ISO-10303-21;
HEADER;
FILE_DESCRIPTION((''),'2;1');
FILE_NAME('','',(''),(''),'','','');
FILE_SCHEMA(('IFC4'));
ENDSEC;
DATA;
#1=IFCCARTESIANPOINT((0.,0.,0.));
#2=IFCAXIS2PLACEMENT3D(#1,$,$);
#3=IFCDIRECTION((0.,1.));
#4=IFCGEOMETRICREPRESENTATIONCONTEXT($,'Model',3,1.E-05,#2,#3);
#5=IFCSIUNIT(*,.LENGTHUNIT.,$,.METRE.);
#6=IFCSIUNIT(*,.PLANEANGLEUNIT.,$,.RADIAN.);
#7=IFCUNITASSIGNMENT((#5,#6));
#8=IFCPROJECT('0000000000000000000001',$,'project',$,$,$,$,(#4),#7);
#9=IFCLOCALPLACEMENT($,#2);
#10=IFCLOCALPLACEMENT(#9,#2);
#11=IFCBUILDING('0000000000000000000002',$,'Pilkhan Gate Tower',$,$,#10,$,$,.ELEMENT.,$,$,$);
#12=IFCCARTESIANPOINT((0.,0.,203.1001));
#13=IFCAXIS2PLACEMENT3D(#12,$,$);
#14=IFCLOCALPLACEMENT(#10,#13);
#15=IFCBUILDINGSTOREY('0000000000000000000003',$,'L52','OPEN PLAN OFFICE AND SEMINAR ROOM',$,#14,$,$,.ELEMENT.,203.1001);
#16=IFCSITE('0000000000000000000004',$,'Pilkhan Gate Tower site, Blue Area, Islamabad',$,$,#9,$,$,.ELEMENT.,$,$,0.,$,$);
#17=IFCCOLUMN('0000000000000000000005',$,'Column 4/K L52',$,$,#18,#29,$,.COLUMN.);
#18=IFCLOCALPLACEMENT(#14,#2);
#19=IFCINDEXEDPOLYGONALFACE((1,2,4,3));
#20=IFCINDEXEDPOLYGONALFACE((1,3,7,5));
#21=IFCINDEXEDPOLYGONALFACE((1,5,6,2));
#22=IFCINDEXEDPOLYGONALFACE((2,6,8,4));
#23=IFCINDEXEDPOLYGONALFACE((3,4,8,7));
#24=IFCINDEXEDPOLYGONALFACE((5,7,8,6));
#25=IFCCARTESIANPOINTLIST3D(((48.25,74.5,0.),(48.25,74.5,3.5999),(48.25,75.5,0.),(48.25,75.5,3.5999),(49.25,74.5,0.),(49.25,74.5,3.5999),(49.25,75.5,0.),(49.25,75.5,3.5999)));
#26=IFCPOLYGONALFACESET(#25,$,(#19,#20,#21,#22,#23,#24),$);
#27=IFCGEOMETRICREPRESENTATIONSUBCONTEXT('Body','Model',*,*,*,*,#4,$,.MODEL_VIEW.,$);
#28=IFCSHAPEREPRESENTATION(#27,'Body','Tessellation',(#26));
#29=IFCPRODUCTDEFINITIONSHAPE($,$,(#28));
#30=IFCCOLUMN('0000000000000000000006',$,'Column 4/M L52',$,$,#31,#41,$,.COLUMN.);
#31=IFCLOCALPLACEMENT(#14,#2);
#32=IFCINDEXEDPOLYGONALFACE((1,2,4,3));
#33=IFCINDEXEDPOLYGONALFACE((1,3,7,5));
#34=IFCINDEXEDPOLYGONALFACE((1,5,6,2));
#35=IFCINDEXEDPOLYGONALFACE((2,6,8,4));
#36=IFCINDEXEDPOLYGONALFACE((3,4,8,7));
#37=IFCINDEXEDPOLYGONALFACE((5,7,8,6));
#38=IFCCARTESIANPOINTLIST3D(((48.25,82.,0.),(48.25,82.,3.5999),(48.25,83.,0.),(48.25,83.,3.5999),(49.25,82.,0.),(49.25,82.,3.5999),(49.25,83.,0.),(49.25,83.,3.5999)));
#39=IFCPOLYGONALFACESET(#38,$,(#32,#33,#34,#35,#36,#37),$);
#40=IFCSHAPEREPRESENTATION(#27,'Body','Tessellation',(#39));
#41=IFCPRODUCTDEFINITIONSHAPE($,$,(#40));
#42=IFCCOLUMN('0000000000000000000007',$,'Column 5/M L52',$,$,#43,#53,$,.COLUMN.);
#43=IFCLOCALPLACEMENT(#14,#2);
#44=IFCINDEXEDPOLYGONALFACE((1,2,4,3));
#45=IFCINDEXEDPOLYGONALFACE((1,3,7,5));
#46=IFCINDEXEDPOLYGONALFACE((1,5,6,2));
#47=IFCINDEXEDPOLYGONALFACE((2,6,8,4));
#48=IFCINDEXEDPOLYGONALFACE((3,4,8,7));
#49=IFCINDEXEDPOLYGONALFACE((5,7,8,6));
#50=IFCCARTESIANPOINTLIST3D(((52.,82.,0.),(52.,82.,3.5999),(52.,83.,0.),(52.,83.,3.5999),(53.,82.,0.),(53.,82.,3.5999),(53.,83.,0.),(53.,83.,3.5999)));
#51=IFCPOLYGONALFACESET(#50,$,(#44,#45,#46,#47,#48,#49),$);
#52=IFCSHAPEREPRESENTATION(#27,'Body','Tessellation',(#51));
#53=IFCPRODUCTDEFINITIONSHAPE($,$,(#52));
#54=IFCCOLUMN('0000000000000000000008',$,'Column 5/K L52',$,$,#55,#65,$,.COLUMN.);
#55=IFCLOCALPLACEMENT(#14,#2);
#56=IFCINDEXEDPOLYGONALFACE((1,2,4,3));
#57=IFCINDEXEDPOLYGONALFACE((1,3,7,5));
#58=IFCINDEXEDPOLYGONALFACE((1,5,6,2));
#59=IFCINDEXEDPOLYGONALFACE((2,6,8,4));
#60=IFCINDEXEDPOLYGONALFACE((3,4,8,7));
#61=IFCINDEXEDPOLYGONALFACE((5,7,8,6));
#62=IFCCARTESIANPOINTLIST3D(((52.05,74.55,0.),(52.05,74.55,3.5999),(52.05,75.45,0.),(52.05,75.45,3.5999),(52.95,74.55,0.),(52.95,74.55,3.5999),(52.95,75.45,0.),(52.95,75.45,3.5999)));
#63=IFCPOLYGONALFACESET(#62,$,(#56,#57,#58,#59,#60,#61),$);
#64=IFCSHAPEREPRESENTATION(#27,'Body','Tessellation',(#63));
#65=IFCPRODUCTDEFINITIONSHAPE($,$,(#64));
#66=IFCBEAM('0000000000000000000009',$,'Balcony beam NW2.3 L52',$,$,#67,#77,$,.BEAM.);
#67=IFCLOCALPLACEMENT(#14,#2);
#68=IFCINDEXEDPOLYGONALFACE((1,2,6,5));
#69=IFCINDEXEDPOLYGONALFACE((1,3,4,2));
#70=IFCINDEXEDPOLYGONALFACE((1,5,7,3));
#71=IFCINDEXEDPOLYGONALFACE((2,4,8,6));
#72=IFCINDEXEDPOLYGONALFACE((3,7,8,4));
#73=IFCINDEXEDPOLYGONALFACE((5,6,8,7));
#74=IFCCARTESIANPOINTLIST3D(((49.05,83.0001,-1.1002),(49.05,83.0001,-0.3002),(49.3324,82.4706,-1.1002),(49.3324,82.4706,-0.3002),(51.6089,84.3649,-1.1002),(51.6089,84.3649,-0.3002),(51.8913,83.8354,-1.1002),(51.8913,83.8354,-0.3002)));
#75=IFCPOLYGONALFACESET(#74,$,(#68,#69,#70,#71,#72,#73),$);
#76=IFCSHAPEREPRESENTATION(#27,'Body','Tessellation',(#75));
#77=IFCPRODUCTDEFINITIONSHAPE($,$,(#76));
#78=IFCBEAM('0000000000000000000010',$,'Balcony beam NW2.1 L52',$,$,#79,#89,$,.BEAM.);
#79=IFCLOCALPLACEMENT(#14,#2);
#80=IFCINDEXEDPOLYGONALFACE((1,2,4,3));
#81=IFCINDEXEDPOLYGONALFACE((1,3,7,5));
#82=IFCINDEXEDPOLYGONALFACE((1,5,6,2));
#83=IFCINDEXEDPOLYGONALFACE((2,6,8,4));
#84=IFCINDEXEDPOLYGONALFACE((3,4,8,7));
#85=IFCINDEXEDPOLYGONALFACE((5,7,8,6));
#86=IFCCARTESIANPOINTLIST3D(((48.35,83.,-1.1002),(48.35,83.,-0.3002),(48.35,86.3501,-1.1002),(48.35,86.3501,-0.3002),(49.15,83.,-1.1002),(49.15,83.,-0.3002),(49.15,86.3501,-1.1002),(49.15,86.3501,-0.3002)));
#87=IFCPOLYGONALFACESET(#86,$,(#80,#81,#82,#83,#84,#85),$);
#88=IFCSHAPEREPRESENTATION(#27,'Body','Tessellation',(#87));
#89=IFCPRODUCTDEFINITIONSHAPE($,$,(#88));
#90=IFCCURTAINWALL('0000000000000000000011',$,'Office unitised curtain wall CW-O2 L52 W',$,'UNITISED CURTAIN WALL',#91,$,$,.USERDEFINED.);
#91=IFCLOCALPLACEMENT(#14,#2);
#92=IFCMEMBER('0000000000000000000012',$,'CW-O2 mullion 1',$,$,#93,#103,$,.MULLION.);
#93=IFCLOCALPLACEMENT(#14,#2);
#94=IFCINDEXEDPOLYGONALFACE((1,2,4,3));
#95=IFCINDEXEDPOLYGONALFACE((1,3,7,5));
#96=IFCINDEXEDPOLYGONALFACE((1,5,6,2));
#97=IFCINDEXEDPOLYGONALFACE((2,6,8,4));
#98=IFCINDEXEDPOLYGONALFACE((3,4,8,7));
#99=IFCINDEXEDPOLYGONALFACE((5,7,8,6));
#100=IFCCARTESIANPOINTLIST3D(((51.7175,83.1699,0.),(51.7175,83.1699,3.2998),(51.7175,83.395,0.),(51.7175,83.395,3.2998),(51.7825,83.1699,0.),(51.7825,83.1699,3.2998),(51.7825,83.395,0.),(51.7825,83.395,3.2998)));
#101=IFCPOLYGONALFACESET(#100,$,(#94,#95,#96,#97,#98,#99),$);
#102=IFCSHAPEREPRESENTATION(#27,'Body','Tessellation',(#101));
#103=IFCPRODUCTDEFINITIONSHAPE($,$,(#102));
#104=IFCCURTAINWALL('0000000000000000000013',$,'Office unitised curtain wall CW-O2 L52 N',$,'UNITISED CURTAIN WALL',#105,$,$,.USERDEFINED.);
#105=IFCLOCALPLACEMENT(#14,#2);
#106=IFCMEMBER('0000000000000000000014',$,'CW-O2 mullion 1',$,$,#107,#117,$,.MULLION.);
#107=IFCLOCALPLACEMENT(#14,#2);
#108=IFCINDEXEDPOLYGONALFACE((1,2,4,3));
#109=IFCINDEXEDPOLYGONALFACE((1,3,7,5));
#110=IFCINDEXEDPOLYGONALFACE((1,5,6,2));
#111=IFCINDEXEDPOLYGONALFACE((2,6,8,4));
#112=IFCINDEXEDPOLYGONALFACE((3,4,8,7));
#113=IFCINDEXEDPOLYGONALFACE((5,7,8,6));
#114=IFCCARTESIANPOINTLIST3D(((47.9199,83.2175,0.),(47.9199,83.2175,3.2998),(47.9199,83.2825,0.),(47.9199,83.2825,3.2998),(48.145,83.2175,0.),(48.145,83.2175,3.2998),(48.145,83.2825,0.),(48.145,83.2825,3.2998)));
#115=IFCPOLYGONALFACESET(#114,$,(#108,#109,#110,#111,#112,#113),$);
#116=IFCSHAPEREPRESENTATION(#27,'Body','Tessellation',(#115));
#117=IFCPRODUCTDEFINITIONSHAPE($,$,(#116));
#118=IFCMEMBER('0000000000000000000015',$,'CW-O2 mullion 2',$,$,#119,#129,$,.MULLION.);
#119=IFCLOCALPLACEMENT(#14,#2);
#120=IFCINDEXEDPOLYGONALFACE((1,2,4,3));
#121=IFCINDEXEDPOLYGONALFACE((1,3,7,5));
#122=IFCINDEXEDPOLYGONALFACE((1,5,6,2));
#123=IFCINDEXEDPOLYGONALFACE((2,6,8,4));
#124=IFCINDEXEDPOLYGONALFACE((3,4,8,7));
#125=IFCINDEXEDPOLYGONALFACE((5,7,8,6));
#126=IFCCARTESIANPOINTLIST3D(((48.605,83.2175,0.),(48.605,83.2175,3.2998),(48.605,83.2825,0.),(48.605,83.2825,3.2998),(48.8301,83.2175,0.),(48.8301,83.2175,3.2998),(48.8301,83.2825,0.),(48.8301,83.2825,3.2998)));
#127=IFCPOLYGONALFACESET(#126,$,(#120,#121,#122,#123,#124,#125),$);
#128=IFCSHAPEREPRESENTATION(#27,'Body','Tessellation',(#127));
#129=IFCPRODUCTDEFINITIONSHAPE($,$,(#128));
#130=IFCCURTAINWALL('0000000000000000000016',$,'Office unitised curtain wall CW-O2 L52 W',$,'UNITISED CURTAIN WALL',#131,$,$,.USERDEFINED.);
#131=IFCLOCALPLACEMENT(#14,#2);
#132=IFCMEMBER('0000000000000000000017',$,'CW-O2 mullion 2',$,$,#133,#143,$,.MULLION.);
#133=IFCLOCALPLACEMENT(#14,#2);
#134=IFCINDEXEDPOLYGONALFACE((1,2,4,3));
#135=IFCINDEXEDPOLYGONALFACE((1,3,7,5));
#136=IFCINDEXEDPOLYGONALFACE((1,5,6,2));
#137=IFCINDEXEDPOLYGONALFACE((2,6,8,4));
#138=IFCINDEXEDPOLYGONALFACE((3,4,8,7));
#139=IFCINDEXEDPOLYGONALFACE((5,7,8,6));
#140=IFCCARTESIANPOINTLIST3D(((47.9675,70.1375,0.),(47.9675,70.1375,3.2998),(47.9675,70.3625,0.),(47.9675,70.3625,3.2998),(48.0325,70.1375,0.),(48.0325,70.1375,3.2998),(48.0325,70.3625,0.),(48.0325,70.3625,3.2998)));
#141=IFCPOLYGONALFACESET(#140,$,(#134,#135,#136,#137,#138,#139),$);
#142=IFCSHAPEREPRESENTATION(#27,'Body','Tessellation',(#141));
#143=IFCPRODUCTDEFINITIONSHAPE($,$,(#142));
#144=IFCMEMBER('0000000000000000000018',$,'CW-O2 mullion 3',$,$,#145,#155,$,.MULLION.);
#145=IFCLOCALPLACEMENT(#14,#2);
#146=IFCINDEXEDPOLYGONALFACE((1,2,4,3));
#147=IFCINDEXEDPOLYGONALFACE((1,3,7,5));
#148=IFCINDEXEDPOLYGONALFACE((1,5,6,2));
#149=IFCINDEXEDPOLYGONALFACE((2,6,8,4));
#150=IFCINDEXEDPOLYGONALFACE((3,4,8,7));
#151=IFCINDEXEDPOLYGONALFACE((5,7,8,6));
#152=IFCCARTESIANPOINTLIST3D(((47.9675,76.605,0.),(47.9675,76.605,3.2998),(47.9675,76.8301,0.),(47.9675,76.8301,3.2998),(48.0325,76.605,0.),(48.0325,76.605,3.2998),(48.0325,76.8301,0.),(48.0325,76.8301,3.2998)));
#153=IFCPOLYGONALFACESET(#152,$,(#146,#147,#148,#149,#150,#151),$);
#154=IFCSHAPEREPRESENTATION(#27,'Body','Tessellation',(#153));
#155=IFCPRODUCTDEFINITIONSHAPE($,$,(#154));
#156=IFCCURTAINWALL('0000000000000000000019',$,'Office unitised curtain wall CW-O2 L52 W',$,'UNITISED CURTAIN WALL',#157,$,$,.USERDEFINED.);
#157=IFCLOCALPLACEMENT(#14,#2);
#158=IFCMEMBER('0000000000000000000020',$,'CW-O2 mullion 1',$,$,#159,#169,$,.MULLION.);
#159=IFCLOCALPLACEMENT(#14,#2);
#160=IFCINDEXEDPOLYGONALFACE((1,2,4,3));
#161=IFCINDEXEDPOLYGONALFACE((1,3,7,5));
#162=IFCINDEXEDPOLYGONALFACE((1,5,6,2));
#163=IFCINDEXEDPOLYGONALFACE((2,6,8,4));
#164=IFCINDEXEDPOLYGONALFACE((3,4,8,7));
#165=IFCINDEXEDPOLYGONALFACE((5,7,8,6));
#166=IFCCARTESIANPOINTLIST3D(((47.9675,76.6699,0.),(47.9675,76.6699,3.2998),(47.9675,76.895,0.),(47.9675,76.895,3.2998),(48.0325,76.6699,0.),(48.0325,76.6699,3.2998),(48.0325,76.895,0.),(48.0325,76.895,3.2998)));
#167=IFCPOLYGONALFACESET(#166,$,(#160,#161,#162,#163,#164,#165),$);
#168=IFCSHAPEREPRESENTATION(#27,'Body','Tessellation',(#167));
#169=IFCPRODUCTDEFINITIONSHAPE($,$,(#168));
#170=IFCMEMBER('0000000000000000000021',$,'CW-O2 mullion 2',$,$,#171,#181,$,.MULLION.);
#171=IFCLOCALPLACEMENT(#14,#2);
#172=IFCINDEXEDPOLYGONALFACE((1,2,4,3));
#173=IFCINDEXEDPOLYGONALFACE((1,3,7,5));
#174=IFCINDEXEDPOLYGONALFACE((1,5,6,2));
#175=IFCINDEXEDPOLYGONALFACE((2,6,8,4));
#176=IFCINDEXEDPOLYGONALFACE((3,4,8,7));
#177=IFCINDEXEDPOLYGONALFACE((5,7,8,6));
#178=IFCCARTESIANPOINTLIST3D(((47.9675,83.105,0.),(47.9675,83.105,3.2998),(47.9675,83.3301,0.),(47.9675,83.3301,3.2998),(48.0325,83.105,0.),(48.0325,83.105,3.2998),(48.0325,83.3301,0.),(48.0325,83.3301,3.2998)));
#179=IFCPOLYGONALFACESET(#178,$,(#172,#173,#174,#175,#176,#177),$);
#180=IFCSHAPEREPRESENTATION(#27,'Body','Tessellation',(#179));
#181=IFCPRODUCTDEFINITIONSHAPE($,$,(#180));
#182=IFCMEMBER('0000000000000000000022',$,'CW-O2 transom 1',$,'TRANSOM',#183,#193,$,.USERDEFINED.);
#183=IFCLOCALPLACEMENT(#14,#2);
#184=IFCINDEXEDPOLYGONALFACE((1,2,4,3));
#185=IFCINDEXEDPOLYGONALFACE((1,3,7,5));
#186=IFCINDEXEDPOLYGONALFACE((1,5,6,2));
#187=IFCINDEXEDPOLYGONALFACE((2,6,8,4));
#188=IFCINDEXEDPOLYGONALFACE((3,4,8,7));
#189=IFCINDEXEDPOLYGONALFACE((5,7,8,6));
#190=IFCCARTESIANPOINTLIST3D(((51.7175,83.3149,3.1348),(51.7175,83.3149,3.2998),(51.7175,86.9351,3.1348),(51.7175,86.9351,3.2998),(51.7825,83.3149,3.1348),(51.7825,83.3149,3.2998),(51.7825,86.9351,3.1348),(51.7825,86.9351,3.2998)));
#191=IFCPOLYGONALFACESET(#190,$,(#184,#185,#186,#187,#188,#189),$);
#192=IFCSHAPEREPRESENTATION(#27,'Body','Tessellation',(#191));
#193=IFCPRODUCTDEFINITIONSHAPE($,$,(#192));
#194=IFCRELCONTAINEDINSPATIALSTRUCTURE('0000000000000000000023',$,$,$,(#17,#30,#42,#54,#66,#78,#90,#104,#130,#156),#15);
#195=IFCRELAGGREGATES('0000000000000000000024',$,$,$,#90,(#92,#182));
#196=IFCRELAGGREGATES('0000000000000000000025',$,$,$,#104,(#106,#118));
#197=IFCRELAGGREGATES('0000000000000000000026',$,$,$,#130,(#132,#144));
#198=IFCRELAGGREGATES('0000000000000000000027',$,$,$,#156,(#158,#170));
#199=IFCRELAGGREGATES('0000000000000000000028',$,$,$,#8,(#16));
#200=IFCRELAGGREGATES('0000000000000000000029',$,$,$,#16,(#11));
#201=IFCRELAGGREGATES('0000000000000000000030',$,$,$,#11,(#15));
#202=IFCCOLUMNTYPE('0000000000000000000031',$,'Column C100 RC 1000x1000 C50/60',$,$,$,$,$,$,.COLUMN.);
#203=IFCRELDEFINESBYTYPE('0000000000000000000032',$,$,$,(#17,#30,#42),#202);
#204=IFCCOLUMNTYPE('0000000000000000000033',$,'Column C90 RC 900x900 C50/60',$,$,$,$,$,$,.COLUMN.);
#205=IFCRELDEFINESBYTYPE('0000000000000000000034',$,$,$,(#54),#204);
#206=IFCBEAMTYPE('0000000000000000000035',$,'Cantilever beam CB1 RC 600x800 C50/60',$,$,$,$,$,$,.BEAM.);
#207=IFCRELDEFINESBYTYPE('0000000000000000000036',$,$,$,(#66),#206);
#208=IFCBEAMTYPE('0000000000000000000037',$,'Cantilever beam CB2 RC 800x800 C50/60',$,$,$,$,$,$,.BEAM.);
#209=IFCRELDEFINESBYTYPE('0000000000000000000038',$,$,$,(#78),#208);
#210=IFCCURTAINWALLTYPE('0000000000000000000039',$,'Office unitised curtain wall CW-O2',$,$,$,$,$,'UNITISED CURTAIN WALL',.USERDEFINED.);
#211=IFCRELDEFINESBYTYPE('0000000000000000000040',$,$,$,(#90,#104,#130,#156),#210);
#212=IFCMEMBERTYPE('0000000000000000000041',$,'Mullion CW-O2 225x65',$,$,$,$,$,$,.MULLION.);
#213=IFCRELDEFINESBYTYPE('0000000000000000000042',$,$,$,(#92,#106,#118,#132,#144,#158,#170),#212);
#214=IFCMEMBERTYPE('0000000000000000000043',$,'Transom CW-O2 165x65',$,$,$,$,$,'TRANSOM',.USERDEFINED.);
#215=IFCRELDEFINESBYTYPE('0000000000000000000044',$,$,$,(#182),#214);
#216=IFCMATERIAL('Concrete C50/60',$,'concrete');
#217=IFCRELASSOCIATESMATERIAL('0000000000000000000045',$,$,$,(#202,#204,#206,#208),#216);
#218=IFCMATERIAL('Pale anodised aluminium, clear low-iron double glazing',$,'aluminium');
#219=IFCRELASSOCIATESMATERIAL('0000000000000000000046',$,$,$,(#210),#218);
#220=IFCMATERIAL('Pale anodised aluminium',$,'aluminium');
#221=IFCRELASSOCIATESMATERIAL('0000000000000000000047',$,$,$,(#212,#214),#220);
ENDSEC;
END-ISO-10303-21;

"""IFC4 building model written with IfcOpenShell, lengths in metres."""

from ifc_helpers import new_model, si_unit, direction, frame, origin, origin_2d, place, context, subcontext, project, spatial, rectangle, extrude, material, material_profile, profile_set, type_object, element, aggregate, save


model = new_model("IFC4")

# Units and contexts
model_context = context("Model", 3, precision=1e-05, world=origin(), true_north=direction((0.0, 1.0)))
body_context = subcontext(model_context, "Body", "Model", "MODEL_VIEW")
ifc_project = project(units=[si_unit("LENGTHUNIT", "METRE"), si_unit("PLANEANGLEUNIT", "RADIAN")], contexts=[model_context])

# Site, building, storey
site_placement = place(None, origin())
site = spatial("IfcSite", under=ifc_project, at=site_placement, Name="Pilkhan Gate Tower site, Blue Area, Islamabad", CompositionType="ELEMENT", RefElevation=0.0)
building_placement = place(site_placement, origin())
building = spatial("IfcBuilding", under=site, at=building_placement, Name="Pilkhan Gate Tower", CompositionType="ELEMENT")
storey_placement = place(building_placement, frame((0.0, 0.0, 203.1001)))
storey = spatial("IfcBuildingStorey", under=building, at=storey_placement, Name="L52", Description="OPEN PLAN OFFICE AND SEMINAR ROOM", CompositionType="ELEMENT", Elevation=203.1001)

# Columns
ifc_material_1 = material(Name="Concrete C50/60", Category="concrete")
ifc_material_profile_1 = material_profile(ifc_material_1, rectangle(XDim=1.0, YDim=1.0, at=origin_2d()), Name="RC 1000x1000")
ifc_profile_set_1 = profile_set([ifc_material_profile_1], Name="Concrete C50/60")
column_type_1 = type_object("IfcColumnType", Name="Column C100 RC 1000x1000 C50/60", PredefinedType="COLUMN", material=ifc_profile_set_1)
for number, where, z_axis, x_axis, name in (
    (1, (48.75, 75.0, 0.0), (0.0, 0.0, 1.0), (1.0, 0.0, 0.0), "Column 4/K L52"),
    (2, (48.75, 82.5, 0.0), (0.0, 0.0, 1.0), (1.0, 0.0, 0.0), "Column 4/M L52"),
    (3, (52.5, 82.5, 0.0), (0.0, 0.0, 1.0), (1.0, 0.0, 0.0), "Column 5/M L52"),
):
    element("IfcColumn", number, at=place(storey_placement, frame(where, z_axis=z_axis, x_axis=x_axis)), inside=storey, type_object=column_type_1, Name=name, PredefinedType="COLUMN", context=body_context, shape_type="SweptSolid", body=[
        extrude(rectangle(XDim=1.0, YDim=1.0, at=origin_2d()), origin(), (0.0, 0.0, 1.0), 3.5999),
    ])
ifc_material_profile_2 = material_profile(ifc_material_1, rectangle(XDim=0.8999, YDim=0.8999, at=origin_2d()), Name="RC 900x900")
ifc_profile_set_2 = profile_set([ifc_material_profile_2], Name="Concrete C50/60")
column_type_2 = type_object("IfcColumnType", Name="Column C90 RC 900x900 C50/60", PredefinedType="COLUMN", material=ifc_profile_set_2)
column_placement = place(storey_placement, frame((52.5, 75.0, 0.0), z_axis=(0.0, 0.0, 1.0), x_axis=(1.0, 0.0, 0.0)))
element("IfcColumn", 4, at=column_placement, inside=storey, type_object=column_type_2, Name="Column 5/K L52", PredefinedType="COLUMN", context=body_context, shape_type="SweptSolid", body=[
    extrude(rectangle(XDim=0.8999, YDim=0.8999, at=origin_2d()), origin(), (0.0, 0.0, 1.0), 3.5999),
])

# Beams
ifc_material_profile_3 = material_profile(ifc_material_1, rectangle(XDim=0.6001, YDim=0.8, at=origin_2d()), Name="RC 600x800")
ifc_profile_set_3 = profile_set([ifc_material_profile_3], Name="Concrete C50/60")
beam_type_1 = type_object("IfcBeamType", Name="Cantilever beam CB1 RC 600x800 C50/60", PredefinedType="BEAM", material=ifc_profile_set_3)
beam_1_placement = place(storey_placement, frame((49.1912, 82.7354, -0.7002), z_axis=(0.882348, 0.470597, 0.0), x_axis=(-0.470597, 0.882348, 0.0)))
element("IfcBeam", 5, at=beam_1_placement, inside=storey, type_object=beam_type_1, Name="Balcony beam NW2.3 L52", PredefinedType="BEAM", context=body_context, shape_type="SweptSolid", body=[
    extrude(rectangle(XDim=0.6001, YDim=0.8, at=origin_2d()), origin(), (0.0, 0.0, 1.0), 2.9001),
])
ifc_material_profile_4 = material_profile(ifc_material_1, rectangle(XDim=0.8, YDim=0.8, at=origin_2d()), Name="RC 800x800")
ifc_profile_set_4 = profile_set([ifc_material_profile_4], Name="Concrete C50/60")
beam_type_2 = type_object("IfcBeamType", Name="Cantilever beam CB2 RC 800x800 C50/60", PredefinedType="BEAM", material=ifc_profile_set_4)
beam_2_placement = place(storey_placement, frame((48.75, 83.0, -0.7002), z_axis=(0.0, 1.0, 0.0), x_axis=(-1.0, 0.0, 0.0)))
element("IfcBeam", 6, at=beam_2_placement, inside=storey, type_object=beam_type_2, Name="Balcony beam NW2.1 L52", PredefinedType="BEAM", context=body_context, shape_type="SweptSolid", body=[
    extrude(rectangle(XDim=0.8, YDim=0.8, at=origin_2d()), origin(), (0.0, 0.0, 1.0), 3.3501),
])

# Curtain wall, member
ifc_material_2 = material(Name="Pale anodised aluminium, clear low-iron double glazing", Category="aluminium")
curtain_wall_type = type_object("IfcCurtainWallType", Name="Office unitised curtain wall CW-O2", ElementType="UNITISED CURTAIN WALL", PredefinedType="USERDEFINED", material=ifc_material_2)
curtain_wall_1_placement = place(storey_placement, origin())
curtain_wall_1 = element("IfcCurtainWall", 7, at=curtain_wall_1_placement, inside=storey, type_object=curtain_wall_type, Name="Office unitised curtain wall CW-O2 L52 W", ObjectType="UNITISED CURTAIN WALL", PredefinedType="USERDEFINED")
ifc_material_3 = material(Name="Pale anodised aluminium", Category="aluminium")
ifc_material_profile_5 = material_profile(ifc_material_3, rectangle(XDim=0.0649, YDim=0.2251, at=origin_2d()), Name="Mullion 225x65")
ifc_profile_set_5 = profile_set([ifc_material_profile_5], Name="Pale anodised aluminium")
member_type_1 = type_object("IfcMemberType", Name="Mullion CW-O2 225x65", PredefinedType="MULLION", material=ifc_profile_set_5)
member_1_placement = place(storey_placement, frame((51.75, 83.2825, 0.0), z_axis=(0.0, 0.0, 1.0), x_axis=(-1.0, 0.0, 0.0)))
member_1 = element("IfcMember", 8, at=member_1_placement, type_object=member_type_1, Name="CW-O2 mullion 1", PredefinedType="MULLION", context=body_context, shape_type="SweptSolid", body=[
    extrude(rectangle(XDim=0.0649, YDim=0.2251, at=origin_2d()), origin(), (0.0, 0.0, 1.0), 3.2998),
])

# Curtain walls, members
curtain_wall_2_placement = place(storey_placement, origin())
curtain_wall_2 = element("IfcCurtainWall", 9, at=curtain_wall_2_placement, inside=storey, type_object=curtain_wall_type, Name="Office unitised curtain wall CW-O2 L52 N", ObjectType="UNITISED CURTAIN WALL", PredefinedType="USERDEFINED")
member_2_placement = place(storey_placement, frame((48.0325, 83.25, 0.0), z_axis=(0.0, 0.0, 1.0), x_axis=(0.0, 1.0, 0.0)))
member_2 = element("IfcMember", 10, at=member_2_placement, type_object=member_type_1, Name="CW-O2 mullion 1", PredefinedType="MULLION", context=body_context, shape_type="SweptSolid", body=[
    extrude(rectangle(XDim=0.0649, YDim=0.2251, at=origin_2d()), origin(), (0.0, 0.0, 1.0), 3.2998),
])
member_3_placement = place(storey_placement, frame((48.7175, 83.25, 0.0), z_axis=(0.0, 0.0, 1.0), x_axis=(0.0, 1.0, 0.0)))
member_3 = element("IfcMember", 11, at=member_3_placement, type_object=member_type_1, Name="CW-O2 mullion 2", PredefinedType="MULLION", context=body_context, shape_type="SweptSolid", body=[
    extrude(rectangle(XDim=0.0649, YDim=0.2251, at=origin_2d()), origin(), (0.0, 0.0, 1.0), 3.2998),
])
curtain_wall_3_placement = place(storey_placement, origin())
curtain_wall_3 = element("IfcCurtainWall", 12, at=curtain_wall_3_placement, inside=storey, type_object=curtain_wall_type, Name="Office unitised curtain wall CW-O2 L52 W", ObjectType="UNITISED CURTAIN WALL", PredefinedType="USERDEFINED")
member_4_placement = place(storey_placement, frame((48.0, 70.25, 0.0), z_axis=(0.0, 0.0, 1.0), x_axis=(-1.0, 0.0, 0.0)))
member_4 = element("IfcMember", 13, at=member_4_placement, type_object=member_type_1, Name="CW-O2 mullion 2", PredefinedType="MULLION", context=body_context, shape_type="SweptSolid", body=[
    extrude(rectangle(XDim=0.0649, YDim=0.2251, at=origin_2d()), origin(), (0.0, 0.0, 1.0), 3.2998),
])
member_5_placement = place(storey_placement, frame((48.0, 76.7175, 0.0), z_axis=(0.0, 0.0, 1.0), x_axis=(-1.0, 0.0, 0.0)))
member_5 = element("IfcMember", 14, at=member_5_placement, type_object=member_type_1, Name="CW-O2 mullion 3", PredefinedType="MULLION", context=body_context, shape_type="SweptSolid", body=[
    extrude(rectangle(XDim=0.0649, YDim=0.2251, at=origin_2d()), origin(), (0.0, 0.0, 1.0), 3.2998),
])
curtain_wall_4_placement = place(storey_placement, origin())
curtain_wall_4 = element("IfcCurtainWall", 15, at=curtain_wall_4_placement, inside=storey, type_object=curtain_wall_type, Name="Office unitised curtain wall CW-O2 L52 W", ObjectType="UNITISED CURTAIN WALL", PredefinedType="USERDEFINED")
member_6_placement = place(storey_placement, frame((48.0, 76.7825, 0.0), z_axis=(0.0, 0.0, 1.0), x_axis=(-1.0, 0.0, 0.0)))
member_6 = element("IfcMember", 16, at=member_6_placement, type_object=member_type_1, Name="CW-O2 mullion 1", PredefinedType="MULLION", context=body_context, shape_type="SweptSolid", body=[
    extrude(rectangle(XDim=0.0649, YDim=0.2251, at=origin_2d()), origin(), (0.0, 0.0, 1.0), 3.2998),
])
member_7_placement = place(storey_placement, frame((48.0, 83.2175, 0.0), z_axis=(0.0, 0.0, 1.0), x_axis=(-1.0, 0.0, 0.0)))
member_7 = element("IfcMember", 17, at=member_7_placement, type_object=member_type_1, Name="CW-O2 mullion 2", PredefinedType="MULLION", context=body_context, shape_type="SweptSolid", body=[
    extrude(rectangle(XDim=0.0649, YDim=0.2251, at=origin_2d()), origin(), (0.0, 0.0, 1.0), 3.2998),
])

# Member
ifc_material_profile_6 = material_profile(ifc_material_3, rectangle(XDim=0.0649, YDim=0.165, at=origin_2d()), Name="Transom 165x65")
ifc_profile_set_6 = profile_set([ifc_material_profile_6], Name="Pale anodised aluminium")
member_type_2 = type_object("IfcMemberType", Name="Transom CW-O2 165x65", ElementType="TRANSOM", PredefinedType="USERDEFINED", material=ifc_profile_set_6)
member_8_placement = place(storey_placement, frame((51.75, 83.3149, 3.2173), z_axis=(0.0, 1.0, 0.0), x_axis=(-1.0, 0.0, 0.0)))
member_8 = element("IfcMember", 18, at=member_8_placement, type_object=member_type_2, Name="CW-O2 transom 1", ObjectType="TRANSOM", PredefinedType="USERDEFINED", context=body_context, shape_type="SweptSolid", body=[
    extrude(rectangle(XDim=0.0649, YDim=0.165, at=origin_2d()), origin(), (0.0, 0.0, 1.0), 3.6201),
])

aggregate(curtain_wall_1, [member_1, member_8])
aggregate(curtain_wall_2, [member_2, member_3])
aggregate(curtain_wall_3, [member_4, member_5])
aggregate(curtain_wall_4, [member_6, member_7])

save(model, "model.ifc")
